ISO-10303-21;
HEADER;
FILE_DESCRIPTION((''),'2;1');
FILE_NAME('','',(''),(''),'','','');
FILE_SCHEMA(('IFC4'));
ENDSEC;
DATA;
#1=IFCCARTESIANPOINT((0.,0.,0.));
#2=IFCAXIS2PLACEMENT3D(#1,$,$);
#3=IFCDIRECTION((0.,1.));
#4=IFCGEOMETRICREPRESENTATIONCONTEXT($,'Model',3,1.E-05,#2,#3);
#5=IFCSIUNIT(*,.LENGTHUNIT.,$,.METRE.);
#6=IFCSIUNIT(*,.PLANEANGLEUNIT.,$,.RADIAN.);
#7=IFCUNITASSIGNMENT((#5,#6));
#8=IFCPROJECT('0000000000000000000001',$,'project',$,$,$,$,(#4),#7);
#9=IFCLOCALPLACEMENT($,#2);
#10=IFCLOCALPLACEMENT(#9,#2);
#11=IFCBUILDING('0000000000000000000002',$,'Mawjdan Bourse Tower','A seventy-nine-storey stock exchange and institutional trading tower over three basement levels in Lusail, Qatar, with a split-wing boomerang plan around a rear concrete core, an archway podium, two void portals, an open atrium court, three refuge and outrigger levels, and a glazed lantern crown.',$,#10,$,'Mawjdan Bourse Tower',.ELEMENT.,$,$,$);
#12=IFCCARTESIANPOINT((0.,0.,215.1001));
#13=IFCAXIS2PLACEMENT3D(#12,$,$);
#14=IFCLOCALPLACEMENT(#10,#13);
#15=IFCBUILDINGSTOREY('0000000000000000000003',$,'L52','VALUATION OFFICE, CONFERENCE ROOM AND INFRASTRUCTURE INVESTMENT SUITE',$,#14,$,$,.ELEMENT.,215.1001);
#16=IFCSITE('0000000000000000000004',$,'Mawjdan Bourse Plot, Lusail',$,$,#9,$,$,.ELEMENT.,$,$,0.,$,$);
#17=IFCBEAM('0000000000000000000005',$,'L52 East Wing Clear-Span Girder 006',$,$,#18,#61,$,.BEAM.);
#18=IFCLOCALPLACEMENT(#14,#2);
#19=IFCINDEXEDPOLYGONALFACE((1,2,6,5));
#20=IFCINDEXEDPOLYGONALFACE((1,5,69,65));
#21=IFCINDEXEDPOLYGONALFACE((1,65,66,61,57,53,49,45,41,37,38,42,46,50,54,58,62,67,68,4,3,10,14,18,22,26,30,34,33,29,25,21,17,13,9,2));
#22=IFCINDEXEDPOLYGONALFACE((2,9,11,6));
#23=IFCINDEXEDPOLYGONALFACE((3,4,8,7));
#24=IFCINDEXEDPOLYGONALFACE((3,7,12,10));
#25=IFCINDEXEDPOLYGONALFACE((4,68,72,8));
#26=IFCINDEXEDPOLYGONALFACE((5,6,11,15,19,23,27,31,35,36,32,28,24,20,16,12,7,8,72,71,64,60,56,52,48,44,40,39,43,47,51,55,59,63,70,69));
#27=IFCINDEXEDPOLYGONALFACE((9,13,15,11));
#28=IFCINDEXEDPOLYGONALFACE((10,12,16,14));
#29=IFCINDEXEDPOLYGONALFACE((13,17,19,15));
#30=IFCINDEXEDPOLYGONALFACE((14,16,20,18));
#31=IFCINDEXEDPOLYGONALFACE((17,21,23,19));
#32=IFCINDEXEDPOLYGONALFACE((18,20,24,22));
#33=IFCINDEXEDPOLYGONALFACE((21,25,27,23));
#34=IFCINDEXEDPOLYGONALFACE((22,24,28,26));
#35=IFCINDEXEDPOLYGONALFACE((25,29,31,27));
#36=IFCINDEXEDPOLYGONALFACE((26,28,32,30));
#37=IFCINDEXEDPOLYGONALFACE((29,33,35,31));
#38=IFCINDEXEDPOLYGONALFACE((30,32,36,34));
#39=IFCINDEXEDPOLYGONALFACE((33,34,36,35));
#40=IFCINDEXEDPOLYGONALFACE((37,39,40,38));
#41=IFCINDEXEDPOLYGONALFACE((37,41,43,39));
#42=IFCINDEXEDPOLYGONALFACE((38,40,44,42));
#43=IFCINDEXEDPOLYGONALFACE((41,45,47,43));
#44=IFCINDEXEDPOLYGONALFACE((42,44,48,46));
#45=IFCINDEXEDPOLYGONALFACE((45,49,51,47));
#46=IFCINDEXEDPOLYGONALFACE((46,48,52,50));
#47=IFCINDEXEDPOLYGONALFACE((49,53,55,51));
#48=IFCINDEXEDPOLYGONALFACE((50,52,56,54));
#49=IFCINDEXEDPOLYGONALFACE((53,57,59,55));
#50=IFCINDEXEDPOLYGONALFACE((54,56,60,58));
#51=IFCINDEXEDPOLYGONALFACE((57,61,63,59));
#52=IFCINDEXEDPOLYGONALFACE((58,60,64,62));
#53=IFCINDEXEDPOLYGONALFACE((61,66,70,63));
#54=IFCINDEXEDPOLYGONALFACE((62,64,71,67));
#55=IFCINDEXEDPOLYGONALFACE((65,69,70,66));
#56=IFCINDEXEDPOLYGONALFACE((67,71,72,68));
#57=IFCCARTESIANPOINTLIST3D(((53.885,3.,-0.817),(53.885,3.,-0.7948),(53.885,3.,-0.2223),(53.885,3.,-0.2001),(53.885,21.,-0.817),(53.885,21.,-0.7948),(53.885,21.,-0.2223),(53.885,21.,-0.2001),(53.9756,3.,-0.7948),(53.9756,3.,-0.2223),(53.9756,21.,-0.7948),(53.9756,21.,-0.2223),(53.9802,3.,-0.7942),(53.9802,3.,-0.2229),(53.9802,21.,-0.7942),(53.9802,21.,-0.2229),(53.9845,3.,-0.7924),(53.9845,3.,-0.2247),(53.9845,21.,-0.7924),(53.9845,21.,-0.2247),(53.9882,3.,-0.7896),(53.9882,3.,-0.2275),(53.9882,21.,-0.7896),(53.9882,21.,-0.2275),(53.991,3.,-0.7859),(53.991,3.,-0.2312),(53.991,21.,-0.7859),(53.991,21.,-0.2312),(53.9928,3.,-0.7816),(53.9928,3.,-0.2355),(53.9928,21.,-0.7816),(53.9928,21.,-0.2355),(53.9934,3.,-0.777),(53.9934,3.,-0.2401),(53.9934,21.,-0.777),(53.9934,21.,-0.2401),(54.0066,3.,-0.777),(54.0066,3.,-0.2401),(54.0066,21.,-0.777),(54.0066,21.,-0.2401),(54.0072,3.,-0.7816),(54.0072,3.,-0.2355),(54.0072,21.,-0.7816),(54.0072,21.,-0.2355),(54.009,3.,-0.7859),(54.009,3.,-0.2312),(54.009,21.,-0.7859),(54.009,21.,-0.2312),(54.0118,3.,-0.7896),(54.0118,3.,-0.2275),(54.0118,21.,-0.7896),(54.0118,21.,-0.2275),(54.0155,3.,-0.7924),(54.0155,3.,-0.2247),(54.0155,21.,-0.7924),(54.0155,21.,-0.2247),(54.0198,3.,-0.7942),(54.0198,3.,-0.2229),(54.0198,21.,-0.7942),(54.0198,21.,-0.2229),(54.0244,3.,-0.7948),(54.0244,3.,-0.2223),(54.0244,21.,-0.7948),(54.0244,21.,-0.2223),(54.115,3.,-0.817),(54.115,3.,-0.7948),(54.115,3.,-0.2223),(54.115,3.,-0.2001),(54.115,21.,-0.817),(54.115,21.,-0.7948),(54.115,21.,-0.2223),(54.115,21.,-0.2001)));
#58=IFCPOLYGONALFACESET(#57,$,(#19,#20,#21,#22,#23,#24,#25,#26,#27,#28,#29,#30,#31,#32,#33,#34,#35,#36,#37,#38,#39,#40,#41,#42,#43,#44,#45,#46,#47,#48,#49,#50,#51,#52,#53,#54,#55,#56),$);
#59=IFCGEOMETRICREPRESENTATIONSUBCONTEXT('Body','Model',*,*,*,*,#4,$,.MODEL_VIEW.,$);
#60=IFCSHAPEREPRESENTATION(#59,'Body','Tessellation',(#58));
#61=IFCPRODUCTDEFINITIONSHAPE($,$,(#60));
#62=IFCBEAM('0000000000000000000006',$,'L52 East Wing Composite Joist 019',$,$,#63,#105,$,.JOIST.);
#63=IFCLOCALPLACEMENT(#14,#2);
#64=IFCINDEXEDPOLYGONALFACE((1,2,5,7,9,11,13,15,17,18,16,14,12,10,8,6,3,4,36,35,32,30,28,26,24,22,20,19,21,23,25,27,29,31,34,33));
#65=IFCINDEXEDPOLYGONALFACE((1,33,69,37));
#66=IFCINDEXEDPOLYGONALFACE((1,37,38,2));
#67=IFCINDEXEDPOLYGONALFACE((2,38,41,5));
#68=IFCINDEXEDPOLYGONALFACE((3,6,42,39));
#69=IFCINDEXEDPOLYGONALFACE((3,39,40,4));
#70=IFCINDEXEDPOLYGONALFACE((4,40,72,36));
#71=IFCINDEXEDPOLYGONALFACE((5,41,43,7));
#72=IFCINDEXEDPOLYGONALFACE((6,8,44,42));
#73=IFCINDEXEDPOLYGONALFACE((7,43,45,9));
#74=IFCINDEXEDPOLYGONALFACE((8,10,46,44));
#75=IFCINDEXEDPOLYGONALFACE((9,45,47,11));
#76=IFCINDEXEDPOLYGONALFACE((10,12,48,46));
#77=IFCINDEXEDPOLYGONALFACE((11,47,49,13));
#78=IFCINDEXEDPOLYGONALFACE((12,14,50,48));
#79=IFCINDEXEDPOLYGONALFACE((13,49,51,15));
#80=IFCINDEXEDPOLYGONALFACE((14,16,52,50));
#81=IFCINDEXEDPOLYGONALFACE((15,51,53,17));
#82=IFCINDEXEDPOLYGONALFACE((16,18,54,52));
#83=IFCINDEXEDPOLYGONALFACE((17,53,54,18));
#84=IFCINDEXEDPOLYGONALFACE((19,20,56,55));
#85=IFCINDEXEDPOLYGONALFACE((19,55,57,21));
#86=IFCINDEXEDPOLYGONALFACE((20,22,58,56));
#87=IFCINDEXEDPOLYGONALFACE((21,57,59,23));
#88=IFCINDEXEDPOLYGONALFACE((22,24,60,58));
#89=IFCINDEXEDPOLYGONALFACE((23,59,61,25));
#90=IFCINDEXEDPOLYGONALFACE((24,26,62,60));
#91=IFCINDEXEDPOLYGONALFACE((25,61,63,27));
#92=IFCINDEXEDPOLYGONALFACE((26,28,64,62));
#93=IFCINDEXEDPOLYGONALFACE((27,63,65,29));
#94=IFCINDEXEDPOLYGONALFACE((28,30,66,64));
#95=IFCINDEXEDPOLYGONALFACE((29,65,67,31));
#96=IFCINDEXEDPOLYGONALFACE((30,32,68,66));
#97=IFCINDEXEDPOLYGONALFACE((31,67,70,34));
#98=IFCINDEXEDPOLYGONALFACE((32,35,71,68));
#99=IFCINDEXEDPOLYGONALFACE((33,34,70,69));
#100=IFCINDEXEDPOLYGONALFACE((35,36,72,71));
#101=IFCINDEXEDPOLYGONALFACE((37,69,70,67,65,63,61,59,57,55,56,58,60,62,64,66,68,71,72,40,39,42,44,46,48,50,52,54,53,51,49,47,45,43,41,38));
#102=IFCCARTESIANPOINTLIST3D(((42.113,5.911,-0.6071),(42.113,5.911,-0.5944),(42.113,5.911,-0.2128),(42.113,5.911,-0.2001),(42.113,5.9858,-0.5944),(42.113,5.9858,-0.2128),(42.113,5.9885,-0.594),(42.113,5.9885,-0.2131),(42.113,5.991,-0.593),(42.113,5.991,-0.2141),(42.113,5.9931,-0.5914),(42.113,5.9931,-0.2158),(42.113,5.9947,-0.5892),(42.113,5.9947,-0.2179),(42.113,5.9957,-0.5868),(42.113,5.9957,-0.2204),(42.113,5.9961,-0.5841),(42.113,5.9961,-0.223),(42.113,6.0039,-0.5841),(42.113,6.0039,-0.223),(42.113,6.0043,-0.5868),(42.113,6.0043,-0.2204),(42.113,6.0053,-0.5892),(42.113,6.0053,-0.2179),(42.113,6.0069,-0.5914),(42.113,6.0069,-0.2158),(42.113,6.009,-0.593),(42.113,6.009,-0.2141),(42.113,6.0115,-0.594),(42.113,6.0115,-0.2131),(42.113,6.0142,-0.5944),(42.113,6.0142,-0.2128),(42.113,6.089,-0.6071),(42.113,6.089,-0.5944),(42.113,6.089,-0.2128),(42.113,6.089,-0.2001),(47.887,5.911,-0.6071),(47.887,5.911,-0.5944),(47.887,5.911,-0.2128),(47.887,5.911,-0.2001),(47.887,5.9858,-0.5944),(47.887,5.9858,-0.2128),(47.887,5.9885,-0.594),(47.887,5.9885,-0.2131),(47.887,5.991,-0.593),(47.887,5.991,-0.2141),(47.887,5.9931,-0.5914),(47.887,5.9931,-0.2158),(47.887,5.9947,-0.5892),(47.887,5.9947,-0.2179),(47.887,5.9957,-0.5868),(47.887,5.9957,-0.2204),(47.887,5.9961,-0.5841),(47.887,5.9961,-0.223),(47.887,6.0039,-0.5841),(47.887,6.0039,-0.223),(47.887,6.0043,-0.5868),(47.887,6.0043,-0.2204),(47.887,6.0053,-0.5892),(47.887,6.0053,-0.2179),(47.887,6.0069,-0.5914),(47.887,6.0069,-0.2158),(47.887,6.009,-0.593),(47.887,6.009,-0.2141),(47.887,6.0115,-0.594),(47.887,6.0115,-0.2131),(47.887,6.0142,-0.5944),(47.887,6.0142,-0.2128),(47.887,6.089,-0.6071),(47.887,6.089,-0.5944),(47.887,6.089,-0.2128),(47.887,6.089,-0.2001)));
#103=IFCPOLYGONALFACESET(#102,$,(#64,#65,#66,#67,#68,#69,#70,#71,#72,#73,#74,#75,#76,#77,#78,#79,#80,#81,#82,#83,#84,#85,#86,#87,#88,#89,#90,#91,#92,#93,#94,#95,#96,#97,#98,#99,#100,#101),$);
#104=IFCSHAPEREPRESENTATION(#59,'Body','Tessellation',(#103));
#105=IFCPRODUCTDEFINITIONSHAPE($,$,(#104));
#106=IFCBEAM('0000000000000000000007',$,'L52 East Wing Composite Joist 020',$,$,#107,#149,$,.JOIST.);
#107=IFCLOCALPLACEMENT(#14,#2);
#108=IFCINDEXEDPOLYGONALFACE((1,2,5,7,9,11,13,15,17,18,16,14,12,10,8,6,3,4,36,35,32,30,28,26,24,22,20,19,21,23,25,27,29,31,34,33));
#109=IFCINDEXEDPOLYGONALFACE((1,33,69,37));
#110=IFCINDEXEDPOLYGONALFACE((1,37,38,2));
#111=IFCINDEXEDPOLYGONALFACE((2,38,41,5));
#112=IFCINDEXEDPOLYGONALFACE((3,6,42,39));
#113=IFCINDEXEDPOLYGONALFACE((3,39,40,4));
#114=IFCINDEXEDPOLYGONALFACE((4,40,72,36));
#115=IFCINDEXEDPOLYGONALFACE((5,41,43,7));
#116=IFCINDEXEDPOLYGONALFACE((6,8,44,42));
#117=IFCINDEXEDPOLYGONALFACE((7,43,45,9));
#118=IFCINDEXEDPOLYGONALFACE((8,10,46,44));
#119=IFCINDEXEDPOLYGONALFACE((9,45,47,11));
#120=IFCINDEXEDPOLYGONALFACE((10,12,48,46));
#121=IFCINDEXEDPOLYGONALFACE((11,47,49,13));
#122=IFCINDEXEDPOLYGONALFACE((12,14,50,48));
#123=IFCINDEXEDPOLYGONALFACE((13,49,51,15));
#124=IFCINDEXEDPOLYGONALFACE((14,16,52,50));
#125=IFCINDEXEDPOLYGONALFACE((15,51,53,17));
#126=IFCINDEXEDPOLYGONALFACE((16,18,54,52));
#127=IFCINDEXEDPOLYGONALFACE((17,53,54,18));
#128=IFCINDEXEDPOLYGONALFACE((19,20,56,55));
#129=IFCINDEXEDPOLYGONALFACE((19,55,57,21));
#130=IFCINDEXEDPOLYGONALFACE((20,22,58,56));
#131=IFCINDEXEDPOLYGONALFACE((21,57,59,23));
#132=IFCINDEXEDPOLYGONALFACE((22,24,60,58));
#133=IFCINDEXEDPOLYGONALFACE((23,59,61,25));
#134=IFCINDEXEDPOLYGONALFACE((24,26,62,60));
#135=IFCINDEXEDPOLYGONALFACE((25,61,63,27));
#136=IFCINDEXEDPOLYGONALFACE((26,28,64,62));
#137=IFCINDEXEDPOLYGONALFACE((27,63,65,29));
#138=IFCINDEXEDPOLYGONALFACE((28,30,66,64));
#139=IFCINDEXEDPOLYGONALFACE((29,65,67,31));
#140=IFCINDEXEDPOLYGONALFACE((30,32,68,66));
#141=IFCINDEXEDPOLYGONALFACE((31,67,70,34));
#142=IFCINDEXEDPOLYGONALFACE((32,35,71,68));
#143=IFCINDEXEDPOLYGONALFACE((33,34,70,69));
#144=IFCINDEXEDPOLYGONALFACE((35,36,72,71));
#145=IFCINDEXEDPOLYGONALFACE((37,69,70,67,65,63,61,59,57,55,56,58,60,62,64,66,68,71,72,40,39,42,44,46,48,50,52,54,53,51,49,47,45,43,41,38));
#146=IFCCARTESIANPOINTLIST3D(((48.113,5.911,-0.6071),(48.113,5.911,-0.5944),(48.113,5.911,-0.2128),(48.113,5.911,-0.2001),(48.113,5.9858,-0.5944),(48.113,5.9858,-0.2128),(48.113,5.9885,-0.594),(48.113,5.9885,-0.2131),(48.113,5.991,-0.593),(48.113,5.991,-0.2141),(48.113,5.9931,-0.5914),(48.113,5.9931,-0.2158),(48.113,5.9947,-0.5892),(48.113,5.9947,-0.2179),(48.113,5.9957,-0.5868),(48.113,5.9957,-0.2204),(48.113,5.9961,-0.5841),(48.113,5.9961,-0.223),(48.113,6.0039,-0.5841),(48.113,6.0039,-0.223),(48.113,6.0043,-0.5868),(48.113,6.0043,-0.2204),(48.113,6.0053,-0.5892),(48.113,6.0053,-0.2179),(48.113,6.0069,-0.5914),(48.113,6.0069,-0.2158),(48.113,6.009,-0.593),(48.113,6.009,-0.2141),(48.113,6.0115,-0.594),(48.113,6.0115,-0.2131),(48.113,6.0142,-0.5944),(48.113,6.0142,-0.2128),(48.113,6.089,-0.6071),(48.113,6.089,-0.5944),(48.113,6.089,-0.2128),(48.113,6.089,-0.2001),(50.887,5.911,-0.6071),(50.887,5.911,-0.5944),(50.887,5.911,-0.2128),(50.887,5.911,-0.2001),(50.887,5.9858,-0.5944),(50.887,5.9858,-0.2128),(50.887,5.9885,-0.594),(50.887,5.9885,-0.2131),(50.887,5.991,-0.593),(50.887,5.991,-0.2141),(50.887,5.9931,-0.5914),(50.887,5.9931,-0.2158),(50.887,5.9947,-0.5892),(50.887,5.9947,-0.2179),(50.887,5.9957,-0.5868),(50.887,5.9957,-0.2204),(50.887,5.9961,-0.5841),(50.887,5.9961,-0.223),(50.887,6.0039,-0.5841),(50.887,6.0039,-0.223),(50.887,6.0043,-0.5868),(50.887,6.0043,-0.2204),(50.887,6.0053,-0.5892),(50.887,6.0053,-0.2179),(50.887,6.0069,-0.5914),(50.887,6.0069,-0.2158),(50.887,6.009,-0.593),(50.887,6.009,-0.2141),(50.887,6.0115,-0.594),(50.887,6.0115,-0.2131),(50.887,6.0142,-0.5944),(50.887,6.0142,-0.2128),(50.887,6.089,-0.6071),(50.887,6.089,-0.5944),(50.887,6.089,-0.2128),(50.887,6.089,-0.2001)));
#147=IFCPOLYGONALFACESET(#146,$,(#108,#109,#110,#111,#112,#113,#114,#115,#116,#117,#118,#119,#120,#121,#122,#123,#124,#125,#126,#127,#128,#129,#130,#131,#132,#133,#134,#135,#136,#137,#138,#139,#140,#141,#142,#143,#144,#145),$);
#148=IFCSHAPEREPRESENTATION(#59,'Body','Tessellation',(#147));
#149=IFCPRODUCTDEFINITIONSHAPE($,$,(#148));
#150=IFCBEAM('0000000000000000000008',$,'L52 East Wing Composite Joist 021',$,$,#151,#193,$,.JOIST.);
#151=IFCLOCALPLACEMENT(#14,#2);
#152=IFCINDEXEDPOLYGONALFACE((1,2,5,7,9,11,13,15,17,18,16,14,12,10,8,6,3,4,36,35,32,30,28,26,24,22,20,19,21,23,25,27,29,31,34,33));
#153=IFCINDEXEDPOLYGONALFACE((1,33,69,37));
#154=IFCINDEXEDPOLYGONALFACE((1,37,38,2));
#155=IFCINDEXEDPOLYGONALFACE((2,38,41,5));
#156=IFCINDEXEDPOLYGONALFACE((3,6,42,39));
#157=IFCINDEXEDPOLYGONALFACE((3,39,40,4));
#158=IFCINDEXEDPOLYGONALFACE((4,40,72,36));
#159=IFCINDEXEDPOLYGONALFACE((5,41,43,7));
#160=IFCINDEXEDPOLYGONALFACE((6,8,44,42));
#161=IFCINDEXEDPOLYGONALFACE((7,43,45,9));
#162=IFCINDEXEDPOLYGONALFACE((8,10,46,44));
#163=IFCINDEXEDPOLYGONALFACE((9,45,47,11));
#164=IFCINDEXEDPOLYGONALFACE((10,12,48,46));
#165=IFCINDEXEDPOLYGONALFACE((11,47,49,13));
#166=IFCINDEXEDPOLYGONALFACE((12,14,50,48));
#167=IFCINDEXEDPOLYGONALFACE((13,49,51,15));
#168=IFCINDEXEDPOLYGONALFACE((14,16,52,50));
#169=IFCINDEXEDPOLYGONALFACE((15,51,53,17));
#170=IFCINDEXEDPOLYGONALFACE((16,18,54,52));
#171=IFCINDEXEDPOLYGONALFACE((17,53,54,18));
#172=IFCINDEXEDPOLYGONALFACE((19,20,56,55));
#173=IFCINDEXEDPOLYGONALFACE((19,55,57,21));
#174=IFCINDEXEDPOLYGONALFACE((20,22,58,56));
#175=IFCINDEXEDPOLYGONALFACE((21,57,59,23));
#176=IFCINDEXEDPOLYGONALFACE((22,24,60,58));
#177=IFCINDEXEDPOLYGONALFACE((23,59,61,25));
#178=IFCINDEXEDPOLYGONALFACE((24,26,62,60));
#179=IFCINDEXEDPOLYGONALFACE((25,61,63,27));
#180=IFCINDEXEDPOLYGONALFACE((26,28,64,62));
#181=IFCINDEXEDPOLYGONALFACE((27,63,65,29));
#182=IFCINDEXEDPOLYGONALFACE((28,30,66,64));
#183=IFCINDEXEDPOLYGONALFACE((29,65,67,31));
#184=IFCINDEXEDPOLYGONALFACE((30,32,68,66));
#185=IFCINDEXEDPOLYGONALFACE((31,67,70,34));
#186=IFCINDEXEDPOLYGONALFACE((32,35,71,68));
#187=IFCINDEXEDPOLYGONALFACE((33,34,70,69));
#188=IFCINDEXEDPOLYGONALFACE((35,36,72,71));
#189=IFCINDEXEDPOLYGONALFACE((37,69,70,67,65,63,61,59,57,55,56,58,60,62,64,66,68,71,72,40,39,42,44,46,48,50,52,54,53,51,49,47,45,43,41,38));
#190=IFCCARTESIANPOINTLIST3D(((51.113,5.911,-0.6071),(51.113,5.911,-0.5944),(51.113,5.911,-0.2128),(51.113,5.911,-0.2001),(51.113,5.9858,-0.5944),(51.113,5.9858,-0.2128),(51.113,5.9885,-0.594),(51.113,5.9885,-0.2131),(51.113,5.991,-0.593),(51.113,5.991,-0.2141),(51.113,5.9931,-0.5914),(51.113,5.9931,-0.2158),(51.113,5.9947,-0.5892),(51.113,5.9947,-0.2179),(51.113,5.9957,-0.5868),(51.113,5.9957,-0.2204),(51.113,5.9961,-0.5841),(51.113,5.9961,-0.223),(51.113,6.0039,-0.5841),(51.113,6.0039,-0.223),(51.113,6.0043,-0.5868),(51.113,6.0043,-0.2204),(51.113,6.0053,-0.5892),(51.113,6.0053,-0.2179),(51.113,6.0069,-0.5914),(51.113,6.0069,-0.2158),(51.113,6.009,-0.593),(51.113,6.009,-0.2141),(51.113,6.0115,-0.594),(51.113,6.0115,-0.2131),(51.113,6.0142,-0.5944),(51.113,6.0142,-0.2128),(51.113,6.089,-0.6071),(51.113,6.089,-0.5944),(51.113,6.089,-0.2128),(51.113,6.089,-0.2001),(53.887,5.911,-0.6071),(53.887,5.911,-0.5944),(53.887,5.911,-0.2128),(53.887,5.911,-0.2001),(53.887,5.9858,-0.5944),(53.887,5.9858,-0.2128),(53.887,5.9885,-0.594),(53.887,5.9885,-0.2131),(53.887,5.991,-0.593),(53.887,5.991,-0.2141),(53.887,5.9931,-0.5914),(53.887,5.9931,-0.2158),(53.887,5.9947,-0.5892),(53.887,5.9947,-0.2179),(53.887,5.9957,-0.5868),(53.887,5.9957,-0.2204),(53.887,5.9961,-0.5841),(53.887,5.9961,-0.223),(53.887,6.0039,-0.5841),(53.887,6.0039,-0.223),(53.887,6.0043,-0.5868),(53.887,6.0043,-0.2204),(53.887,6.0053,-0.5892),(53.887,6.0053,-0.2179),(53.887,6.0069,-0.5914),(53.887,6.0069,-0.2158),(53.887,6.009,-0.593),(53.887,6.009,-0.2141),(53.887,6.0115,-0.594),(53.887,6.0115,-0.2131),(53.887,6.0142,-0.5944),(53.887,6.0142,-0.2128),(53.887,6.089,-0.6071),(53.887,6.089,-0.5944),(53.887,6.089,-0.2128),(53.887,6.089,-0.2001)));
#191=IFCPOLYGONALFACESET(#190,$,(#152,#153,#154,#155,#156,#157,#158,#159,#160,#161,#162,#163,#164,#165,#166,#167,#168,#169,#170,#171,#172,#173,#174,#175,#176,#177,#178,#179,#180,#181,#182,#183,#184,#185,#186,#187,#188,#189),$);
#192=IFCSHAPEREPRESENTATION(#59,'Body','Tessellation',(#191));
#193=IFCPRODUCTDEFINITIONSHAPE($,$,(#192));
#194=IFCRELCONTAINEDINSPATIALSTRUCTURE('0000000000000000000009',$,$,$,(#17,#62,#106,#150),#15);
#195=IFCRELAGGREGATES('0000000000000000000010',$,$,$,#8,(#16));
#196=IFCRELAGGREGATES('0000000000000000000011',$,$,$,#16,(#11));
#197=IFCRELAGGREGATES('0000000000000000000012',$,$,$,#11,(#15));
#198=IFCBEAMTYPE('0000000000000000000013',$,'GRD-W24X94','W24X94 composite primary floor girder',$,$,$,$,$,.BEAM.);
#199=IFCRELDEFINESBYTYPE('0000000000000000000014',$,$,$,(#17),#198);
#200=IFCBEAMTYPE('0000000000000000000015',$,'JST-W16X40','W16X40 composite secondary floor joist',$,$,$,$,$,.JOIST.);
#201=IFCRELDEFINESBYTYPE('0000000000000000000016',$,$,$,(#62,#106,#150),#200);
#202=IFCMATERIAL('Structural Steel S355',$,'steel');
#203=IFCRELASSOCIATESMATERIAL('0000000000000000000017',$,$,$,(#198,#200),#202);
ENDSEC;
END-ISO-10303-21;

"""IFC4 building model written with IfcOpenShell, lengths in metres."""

from ifc_helpers import new_model, si_unit, direction, frame, origin, origin_2d, place, context, subcontext, project, spatial, i_section, extrude, material, material_profile, profile_set, type_object, element, save


model = new_model("IFC4")

# Units and contexts
model_context = context("Model", 3, precision=1e-05, world=origin(), true_north=direction((0.0, 1.0)))
body_context = subcontext(model_context, "Body", "Model", "MODEL_VIEW")
ifc_project = project(units=[si_unit("LENGTHUNIT", "METRE"), si_unit("PLANEANGLEUNIT", "RADIAN")], contexts=[model_context])

# Site, building, storey
site_placement = place(None, origin())
site = spatial("IfcSite", under=ifc_project, at=site_placement, Name="Mawjdan Bourse Plot, Lusail", CompositionType="ELEMENT", RefElevation=0.0)
building_placement = place(site_placement, origin())
building = spatial("IfcBuilding", under=site, at=building_placement, Name="Mawjdan Bourse Tower", Description="A seventy-nine-storey stock exchange and institutional trading tower over three basement levels in Lusail, Qatar, with a split-wing boomerang plan around a rear concrete core, an archway podium, two void portals, an open atrium court, three refuge and outrigger levels, and a glazed lantern crown.", LongName="Mawjdan Bourse Tower", CompositionType="ELEMENT")
storey_placement = place(building_placement, frame((0.0, 0.0, 215.1001)))
storey = spatial("IfcBuildingStorey", under=building, at=storey_placement, Name="L52", Description="VALUATION OFFICE, CONFERENCE ROOM AND INFRASTRUCTURE INVESTMENT SUITE", CompositionType="ELEMENT", Elevation=215.1001)

# Beams
ifc_material_1 = material(Name="Structural Steel S355", Category="steel")
ifc_material_profile_1 = material_profile(ifc_material_1, i_section(OverallWidth=0.23, OverallDepth=0.6169, WebThickness=0.0132, FlangeThickness=0.0222, FilletRadius=0.0178, at=origin_2d()), Name="W24X94")
ifc_profile_set_1 = profile_set([ifc_material_profile_1], Name="Structural Steel S355")
beam_type_1 = type_object("IfcBeamType", Name="GRD-W24X94", Description="W24X94 composite primary floor girder", PredefinedType="BEAM", material=ifc_profile_set_1)
for number, where, z_axis, x_axis, name in (
    (1, (54.0, 3.0, -0.5085), (0.0, 1.0, 0.0), (-1.0, 0.0, 0.0), "L52 East Wing Clear-Span Girder 006"),
):
    element("IfcBeam", number, at=place(storey_placement, frame(where, z_axis=z_axis, x_axis=x_axis)), inside=storey, type_object=beam_type_1, Name=name, PredefinedType="BEAM", context=body_context, shape_type="SweptSolid", body=[
        extrude(i_section(OverallWidth=0.23, OverallDepth=0.6169, WebThickness=0.0132, FlangeThickness=0.0222, FilletRadius=0.0178, at=origin_2d()), origin(), (0.0, 0.0, 1.0), 18.0),
    ])
ifc_material_profile_2 = material_profile(ifc_material_1, i_section(OverallWidth=0.178, OverallDepth=0.407, WebThickness=0.0078, FlangeThickness=0.0127, FilletRadius=0.0103, at=origin_2d()), Name="W16X40")
ifc_profile_set_2 = profile_set([ifc_material_profile_2], Name="Structural Steel S355")
beam_type_2 = type_object("IfcBeamType", Name="JST-W16X40", Description="W16X40 composite secondary floor joist", PredefinedType="JOIST", material=ifc_profile_set_2)
beam_1_placement = place(storey_placement, frame((42.113, 6.0, -0.4036), z_axis=(1.0, 0.0, 0.0), x_axis=(0.0, 1.0, 0.0)))
element("IfcBeam", 2, at=beam_1_placement, inside=storey, type_object=beam_type_2, Name="L52 East Wing Composite Joist 019", PredefinedType="JOIST", context=body_context, shape_type="SweptSolid", body=[
    extrude(i_section(OverallWidth=0.178, OverallDepth=0.407, WebThickness=0.0078, FlangeThickness=0.0127, FilletRadius=0.0103, at=origin_2d()), origin(), (0.0, 0.0, 1.0), 5.7739),
])
for number, where, z_axis, x_axis, name in (
    (3, (48.113, 6.0, -0.4036), (1.0, 0.0, 0.0), (0.0, 1.0, 0.0), "L52 East Wing Composite Joist 020"),
    (4, (51.113, 6.0, -0.4036), (1.0, 0.0, 0.0), (0.0, 1.0, 0.0), "L52 East Wing Composite Joist 021"),
):
    element("IfcBeam", number, at=place(storey_placement, frame(where, z_axis=z_axis, x_axis=x_axis)), inside=storey, type_object=beam_type_2, Name=name, PredefinedType="JOIST", context=body_context, shape_type="SweptSolid", body=[
        extrude(i_section(OverallWidth=0.178, OverallDepth=0.407, WebThickness=0.0078, FlangeThickness=0.0127, FilletRadius=0.0103, at=origin_2d()), origin(), (0.0, 0.0, 1.0), 2.7739),
    ])

save(model, "model.ifc")
